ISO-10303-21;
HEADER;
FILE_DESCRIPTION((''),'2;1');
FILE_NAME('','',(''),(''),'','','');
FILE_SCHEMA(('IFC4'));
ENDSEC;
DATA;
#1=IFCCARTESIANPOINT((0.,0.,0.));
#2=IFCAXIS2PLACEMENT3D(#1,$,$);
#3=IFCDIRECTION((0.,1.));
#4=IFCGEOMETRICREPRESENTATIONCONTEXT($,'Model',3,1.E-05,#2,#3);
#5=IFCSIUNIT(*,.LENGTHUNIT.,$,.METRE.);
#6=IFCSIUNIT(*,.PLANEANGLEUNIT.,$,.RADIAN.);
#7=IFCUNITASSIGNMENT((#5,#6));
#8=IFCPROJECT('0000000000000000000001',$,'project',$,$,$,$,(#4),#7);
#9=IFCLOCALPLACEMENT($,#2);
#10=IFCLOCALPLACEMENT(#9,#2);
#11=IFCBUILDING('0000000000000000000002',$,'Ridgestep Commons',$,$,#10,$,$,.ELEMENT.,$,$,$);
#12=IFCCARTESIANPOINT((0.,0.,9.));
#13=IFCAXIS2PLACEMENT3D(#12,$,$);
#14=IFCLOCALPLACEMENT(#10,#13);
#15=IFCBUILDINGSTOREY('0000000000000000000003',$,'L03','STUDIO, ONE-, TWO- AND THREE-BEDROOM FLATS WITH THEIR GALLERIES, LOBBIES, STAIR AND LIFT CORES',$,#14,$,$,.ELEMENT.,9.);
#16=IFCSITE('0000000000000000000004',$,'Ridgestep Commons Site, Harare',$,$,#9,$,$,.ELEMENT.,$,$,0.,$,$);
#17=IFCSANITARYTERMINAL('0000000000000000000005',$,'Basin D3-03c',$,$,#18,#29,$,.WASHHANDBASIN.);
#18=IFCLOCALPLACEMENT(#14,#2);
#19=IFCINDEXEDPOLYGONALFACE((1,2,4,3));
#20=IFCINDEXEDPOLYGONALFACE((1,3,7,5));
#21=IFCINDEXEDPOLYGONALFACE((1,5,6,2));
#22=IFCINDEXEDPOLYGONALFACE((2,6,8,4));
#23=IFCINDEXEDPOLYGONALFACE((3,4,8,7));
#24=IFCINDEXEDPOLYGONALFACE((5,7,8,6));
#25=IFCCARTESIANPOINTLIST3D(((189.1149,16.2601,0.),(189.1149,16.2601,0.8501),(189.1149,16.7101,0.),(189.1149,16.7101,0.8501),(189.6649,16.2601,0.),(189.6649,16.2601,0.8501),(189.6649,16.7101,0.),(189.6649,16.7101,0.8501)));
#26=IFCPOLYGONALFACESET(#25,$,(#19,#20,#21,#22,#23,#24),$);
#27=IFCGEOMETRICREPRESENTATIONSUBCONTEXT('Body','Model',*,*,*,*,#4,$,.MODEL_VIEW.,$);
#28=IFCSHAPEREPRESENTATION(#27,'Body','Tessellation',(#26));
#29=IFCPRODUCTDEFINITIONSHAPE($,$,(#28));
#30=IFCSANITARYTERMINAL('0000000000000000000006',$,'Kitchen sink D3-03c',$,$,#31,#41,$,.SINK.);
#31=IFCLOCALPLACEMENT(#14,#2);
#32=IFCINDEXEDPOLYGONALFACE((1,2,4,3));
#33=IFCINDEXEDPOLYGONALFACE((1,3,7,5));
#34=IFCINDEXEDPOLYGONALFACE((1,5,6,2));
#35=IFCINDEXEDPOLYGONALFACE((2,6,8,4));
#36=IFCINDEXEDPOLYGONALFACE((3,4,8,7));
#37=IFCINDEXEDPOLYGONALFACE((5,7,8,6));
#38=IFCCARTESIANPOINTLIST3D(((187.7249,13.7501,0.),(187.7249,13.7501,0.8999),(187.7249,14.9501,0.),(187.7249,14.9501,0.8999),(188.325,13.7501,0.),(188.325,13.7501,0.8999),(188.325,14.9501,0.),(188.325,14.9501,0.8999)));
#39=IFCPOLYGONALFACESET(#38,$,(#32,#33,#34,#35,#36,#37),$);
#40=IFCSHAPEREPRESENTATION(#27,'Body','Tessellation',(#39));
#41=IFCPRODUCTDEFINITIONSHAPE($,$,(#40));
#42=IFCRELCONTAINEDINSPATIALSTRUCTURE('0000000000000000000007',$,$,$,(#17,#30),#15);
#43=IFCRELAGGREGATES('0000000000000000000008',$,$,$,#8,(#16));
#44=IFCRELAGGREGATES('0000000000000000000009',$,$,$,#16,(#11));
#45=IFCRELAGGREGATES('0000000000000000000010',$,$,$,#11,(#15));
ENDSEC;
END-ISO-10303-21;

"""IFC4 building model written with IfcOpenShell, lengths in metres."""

from ifc_helpers import new_model, si_unit, direction, frame, origin, origin_2d, place, context, subcontext, project, spatial, rectangle, extrude, element, save


model = new_model("IFC4")

# Units and contexts
model_context = context("Model", 3, precision=1e-05, world=origin(), true_north=direction((0.0, 1.0)))
body_context = subcontext(model_context, "Body", "Model", "MODEL_VIEW")
ifc_project = project(units=[si_unit("LENGTHUNIT", "METRE"), si_unit("PLANEANGLEUNIT", "RADIAN")], contexts=[model_context])

# Site, building, storey
site_placement = place(None, origin())
site = spatial("IfcSite", under=ifc_project, at=site_placement, Name="Ridgestep Commons Site, Harare", CompositionType="ELEMENT", RefElevation=0.0)
building_placement = place(site_placement, origin())
building = spatial("IfcBuilding", under=site, at=building_placement, Name="Ridgestep Commons", CompositionType="ELEMENT")
storey_placement = place(building_placement, frame((0.0, 0.0, 9.0)))
storey = spatial("IfcBuildingStorey", under=building, at=storey_placement, Name="L03", Description="STUDIO, ONE-, TWO- AND THREE-BEDROOM FLATS WITH THEIR GALLERIES, LOBBIES, STAIR AND LIFT CORES", CompositionType="ELEMENT", Elevation=9.0)

# Sanitary terminals
sanitary_terminal_1_placement = place(storey_placement, frame((189.3899, 16.4851, 0.0), z_axis=(0.0, 0.0, 1.0), x_axis=(1.0, 0.0, 0.0)))
element("IfcSanitaryTerminal", 1, at=sanitary_terminal_1_placement, inside=storey, Name="Basin D3-03c", PredefinedType="WASHHANDBASIN", context=body_context, shape_type="SweptSolid", body=[
    extrude(rectangle(XDim=0.55, YDim=0.45, at=origin_2d()), origin(), (0.0, 0.0, 1.0), 0.8501),
])
sanitary_terminal_2_placement = place(storey_placement, frame((188.0249, 14.3501, 0.0), z_axis=(0.0, 0.0, 1.0), x_axis=(1.0, 0.0, 0.0)))
element("IfcSanitaryTerminal", 2, at=sanitary_terminal_2_placement, inside=storey, Name="Kitchen sink D3-03c", PredefinedType="SINK", context=body_context, shape_type="SweptSolid", body=[
    extrude(rectangle(XDim=0.6001, YDim=1.2, at=origin_2d()), origin(), (0.0, 0.0, 1.0), 0.8999),
])

save(model, "model.ifc")
